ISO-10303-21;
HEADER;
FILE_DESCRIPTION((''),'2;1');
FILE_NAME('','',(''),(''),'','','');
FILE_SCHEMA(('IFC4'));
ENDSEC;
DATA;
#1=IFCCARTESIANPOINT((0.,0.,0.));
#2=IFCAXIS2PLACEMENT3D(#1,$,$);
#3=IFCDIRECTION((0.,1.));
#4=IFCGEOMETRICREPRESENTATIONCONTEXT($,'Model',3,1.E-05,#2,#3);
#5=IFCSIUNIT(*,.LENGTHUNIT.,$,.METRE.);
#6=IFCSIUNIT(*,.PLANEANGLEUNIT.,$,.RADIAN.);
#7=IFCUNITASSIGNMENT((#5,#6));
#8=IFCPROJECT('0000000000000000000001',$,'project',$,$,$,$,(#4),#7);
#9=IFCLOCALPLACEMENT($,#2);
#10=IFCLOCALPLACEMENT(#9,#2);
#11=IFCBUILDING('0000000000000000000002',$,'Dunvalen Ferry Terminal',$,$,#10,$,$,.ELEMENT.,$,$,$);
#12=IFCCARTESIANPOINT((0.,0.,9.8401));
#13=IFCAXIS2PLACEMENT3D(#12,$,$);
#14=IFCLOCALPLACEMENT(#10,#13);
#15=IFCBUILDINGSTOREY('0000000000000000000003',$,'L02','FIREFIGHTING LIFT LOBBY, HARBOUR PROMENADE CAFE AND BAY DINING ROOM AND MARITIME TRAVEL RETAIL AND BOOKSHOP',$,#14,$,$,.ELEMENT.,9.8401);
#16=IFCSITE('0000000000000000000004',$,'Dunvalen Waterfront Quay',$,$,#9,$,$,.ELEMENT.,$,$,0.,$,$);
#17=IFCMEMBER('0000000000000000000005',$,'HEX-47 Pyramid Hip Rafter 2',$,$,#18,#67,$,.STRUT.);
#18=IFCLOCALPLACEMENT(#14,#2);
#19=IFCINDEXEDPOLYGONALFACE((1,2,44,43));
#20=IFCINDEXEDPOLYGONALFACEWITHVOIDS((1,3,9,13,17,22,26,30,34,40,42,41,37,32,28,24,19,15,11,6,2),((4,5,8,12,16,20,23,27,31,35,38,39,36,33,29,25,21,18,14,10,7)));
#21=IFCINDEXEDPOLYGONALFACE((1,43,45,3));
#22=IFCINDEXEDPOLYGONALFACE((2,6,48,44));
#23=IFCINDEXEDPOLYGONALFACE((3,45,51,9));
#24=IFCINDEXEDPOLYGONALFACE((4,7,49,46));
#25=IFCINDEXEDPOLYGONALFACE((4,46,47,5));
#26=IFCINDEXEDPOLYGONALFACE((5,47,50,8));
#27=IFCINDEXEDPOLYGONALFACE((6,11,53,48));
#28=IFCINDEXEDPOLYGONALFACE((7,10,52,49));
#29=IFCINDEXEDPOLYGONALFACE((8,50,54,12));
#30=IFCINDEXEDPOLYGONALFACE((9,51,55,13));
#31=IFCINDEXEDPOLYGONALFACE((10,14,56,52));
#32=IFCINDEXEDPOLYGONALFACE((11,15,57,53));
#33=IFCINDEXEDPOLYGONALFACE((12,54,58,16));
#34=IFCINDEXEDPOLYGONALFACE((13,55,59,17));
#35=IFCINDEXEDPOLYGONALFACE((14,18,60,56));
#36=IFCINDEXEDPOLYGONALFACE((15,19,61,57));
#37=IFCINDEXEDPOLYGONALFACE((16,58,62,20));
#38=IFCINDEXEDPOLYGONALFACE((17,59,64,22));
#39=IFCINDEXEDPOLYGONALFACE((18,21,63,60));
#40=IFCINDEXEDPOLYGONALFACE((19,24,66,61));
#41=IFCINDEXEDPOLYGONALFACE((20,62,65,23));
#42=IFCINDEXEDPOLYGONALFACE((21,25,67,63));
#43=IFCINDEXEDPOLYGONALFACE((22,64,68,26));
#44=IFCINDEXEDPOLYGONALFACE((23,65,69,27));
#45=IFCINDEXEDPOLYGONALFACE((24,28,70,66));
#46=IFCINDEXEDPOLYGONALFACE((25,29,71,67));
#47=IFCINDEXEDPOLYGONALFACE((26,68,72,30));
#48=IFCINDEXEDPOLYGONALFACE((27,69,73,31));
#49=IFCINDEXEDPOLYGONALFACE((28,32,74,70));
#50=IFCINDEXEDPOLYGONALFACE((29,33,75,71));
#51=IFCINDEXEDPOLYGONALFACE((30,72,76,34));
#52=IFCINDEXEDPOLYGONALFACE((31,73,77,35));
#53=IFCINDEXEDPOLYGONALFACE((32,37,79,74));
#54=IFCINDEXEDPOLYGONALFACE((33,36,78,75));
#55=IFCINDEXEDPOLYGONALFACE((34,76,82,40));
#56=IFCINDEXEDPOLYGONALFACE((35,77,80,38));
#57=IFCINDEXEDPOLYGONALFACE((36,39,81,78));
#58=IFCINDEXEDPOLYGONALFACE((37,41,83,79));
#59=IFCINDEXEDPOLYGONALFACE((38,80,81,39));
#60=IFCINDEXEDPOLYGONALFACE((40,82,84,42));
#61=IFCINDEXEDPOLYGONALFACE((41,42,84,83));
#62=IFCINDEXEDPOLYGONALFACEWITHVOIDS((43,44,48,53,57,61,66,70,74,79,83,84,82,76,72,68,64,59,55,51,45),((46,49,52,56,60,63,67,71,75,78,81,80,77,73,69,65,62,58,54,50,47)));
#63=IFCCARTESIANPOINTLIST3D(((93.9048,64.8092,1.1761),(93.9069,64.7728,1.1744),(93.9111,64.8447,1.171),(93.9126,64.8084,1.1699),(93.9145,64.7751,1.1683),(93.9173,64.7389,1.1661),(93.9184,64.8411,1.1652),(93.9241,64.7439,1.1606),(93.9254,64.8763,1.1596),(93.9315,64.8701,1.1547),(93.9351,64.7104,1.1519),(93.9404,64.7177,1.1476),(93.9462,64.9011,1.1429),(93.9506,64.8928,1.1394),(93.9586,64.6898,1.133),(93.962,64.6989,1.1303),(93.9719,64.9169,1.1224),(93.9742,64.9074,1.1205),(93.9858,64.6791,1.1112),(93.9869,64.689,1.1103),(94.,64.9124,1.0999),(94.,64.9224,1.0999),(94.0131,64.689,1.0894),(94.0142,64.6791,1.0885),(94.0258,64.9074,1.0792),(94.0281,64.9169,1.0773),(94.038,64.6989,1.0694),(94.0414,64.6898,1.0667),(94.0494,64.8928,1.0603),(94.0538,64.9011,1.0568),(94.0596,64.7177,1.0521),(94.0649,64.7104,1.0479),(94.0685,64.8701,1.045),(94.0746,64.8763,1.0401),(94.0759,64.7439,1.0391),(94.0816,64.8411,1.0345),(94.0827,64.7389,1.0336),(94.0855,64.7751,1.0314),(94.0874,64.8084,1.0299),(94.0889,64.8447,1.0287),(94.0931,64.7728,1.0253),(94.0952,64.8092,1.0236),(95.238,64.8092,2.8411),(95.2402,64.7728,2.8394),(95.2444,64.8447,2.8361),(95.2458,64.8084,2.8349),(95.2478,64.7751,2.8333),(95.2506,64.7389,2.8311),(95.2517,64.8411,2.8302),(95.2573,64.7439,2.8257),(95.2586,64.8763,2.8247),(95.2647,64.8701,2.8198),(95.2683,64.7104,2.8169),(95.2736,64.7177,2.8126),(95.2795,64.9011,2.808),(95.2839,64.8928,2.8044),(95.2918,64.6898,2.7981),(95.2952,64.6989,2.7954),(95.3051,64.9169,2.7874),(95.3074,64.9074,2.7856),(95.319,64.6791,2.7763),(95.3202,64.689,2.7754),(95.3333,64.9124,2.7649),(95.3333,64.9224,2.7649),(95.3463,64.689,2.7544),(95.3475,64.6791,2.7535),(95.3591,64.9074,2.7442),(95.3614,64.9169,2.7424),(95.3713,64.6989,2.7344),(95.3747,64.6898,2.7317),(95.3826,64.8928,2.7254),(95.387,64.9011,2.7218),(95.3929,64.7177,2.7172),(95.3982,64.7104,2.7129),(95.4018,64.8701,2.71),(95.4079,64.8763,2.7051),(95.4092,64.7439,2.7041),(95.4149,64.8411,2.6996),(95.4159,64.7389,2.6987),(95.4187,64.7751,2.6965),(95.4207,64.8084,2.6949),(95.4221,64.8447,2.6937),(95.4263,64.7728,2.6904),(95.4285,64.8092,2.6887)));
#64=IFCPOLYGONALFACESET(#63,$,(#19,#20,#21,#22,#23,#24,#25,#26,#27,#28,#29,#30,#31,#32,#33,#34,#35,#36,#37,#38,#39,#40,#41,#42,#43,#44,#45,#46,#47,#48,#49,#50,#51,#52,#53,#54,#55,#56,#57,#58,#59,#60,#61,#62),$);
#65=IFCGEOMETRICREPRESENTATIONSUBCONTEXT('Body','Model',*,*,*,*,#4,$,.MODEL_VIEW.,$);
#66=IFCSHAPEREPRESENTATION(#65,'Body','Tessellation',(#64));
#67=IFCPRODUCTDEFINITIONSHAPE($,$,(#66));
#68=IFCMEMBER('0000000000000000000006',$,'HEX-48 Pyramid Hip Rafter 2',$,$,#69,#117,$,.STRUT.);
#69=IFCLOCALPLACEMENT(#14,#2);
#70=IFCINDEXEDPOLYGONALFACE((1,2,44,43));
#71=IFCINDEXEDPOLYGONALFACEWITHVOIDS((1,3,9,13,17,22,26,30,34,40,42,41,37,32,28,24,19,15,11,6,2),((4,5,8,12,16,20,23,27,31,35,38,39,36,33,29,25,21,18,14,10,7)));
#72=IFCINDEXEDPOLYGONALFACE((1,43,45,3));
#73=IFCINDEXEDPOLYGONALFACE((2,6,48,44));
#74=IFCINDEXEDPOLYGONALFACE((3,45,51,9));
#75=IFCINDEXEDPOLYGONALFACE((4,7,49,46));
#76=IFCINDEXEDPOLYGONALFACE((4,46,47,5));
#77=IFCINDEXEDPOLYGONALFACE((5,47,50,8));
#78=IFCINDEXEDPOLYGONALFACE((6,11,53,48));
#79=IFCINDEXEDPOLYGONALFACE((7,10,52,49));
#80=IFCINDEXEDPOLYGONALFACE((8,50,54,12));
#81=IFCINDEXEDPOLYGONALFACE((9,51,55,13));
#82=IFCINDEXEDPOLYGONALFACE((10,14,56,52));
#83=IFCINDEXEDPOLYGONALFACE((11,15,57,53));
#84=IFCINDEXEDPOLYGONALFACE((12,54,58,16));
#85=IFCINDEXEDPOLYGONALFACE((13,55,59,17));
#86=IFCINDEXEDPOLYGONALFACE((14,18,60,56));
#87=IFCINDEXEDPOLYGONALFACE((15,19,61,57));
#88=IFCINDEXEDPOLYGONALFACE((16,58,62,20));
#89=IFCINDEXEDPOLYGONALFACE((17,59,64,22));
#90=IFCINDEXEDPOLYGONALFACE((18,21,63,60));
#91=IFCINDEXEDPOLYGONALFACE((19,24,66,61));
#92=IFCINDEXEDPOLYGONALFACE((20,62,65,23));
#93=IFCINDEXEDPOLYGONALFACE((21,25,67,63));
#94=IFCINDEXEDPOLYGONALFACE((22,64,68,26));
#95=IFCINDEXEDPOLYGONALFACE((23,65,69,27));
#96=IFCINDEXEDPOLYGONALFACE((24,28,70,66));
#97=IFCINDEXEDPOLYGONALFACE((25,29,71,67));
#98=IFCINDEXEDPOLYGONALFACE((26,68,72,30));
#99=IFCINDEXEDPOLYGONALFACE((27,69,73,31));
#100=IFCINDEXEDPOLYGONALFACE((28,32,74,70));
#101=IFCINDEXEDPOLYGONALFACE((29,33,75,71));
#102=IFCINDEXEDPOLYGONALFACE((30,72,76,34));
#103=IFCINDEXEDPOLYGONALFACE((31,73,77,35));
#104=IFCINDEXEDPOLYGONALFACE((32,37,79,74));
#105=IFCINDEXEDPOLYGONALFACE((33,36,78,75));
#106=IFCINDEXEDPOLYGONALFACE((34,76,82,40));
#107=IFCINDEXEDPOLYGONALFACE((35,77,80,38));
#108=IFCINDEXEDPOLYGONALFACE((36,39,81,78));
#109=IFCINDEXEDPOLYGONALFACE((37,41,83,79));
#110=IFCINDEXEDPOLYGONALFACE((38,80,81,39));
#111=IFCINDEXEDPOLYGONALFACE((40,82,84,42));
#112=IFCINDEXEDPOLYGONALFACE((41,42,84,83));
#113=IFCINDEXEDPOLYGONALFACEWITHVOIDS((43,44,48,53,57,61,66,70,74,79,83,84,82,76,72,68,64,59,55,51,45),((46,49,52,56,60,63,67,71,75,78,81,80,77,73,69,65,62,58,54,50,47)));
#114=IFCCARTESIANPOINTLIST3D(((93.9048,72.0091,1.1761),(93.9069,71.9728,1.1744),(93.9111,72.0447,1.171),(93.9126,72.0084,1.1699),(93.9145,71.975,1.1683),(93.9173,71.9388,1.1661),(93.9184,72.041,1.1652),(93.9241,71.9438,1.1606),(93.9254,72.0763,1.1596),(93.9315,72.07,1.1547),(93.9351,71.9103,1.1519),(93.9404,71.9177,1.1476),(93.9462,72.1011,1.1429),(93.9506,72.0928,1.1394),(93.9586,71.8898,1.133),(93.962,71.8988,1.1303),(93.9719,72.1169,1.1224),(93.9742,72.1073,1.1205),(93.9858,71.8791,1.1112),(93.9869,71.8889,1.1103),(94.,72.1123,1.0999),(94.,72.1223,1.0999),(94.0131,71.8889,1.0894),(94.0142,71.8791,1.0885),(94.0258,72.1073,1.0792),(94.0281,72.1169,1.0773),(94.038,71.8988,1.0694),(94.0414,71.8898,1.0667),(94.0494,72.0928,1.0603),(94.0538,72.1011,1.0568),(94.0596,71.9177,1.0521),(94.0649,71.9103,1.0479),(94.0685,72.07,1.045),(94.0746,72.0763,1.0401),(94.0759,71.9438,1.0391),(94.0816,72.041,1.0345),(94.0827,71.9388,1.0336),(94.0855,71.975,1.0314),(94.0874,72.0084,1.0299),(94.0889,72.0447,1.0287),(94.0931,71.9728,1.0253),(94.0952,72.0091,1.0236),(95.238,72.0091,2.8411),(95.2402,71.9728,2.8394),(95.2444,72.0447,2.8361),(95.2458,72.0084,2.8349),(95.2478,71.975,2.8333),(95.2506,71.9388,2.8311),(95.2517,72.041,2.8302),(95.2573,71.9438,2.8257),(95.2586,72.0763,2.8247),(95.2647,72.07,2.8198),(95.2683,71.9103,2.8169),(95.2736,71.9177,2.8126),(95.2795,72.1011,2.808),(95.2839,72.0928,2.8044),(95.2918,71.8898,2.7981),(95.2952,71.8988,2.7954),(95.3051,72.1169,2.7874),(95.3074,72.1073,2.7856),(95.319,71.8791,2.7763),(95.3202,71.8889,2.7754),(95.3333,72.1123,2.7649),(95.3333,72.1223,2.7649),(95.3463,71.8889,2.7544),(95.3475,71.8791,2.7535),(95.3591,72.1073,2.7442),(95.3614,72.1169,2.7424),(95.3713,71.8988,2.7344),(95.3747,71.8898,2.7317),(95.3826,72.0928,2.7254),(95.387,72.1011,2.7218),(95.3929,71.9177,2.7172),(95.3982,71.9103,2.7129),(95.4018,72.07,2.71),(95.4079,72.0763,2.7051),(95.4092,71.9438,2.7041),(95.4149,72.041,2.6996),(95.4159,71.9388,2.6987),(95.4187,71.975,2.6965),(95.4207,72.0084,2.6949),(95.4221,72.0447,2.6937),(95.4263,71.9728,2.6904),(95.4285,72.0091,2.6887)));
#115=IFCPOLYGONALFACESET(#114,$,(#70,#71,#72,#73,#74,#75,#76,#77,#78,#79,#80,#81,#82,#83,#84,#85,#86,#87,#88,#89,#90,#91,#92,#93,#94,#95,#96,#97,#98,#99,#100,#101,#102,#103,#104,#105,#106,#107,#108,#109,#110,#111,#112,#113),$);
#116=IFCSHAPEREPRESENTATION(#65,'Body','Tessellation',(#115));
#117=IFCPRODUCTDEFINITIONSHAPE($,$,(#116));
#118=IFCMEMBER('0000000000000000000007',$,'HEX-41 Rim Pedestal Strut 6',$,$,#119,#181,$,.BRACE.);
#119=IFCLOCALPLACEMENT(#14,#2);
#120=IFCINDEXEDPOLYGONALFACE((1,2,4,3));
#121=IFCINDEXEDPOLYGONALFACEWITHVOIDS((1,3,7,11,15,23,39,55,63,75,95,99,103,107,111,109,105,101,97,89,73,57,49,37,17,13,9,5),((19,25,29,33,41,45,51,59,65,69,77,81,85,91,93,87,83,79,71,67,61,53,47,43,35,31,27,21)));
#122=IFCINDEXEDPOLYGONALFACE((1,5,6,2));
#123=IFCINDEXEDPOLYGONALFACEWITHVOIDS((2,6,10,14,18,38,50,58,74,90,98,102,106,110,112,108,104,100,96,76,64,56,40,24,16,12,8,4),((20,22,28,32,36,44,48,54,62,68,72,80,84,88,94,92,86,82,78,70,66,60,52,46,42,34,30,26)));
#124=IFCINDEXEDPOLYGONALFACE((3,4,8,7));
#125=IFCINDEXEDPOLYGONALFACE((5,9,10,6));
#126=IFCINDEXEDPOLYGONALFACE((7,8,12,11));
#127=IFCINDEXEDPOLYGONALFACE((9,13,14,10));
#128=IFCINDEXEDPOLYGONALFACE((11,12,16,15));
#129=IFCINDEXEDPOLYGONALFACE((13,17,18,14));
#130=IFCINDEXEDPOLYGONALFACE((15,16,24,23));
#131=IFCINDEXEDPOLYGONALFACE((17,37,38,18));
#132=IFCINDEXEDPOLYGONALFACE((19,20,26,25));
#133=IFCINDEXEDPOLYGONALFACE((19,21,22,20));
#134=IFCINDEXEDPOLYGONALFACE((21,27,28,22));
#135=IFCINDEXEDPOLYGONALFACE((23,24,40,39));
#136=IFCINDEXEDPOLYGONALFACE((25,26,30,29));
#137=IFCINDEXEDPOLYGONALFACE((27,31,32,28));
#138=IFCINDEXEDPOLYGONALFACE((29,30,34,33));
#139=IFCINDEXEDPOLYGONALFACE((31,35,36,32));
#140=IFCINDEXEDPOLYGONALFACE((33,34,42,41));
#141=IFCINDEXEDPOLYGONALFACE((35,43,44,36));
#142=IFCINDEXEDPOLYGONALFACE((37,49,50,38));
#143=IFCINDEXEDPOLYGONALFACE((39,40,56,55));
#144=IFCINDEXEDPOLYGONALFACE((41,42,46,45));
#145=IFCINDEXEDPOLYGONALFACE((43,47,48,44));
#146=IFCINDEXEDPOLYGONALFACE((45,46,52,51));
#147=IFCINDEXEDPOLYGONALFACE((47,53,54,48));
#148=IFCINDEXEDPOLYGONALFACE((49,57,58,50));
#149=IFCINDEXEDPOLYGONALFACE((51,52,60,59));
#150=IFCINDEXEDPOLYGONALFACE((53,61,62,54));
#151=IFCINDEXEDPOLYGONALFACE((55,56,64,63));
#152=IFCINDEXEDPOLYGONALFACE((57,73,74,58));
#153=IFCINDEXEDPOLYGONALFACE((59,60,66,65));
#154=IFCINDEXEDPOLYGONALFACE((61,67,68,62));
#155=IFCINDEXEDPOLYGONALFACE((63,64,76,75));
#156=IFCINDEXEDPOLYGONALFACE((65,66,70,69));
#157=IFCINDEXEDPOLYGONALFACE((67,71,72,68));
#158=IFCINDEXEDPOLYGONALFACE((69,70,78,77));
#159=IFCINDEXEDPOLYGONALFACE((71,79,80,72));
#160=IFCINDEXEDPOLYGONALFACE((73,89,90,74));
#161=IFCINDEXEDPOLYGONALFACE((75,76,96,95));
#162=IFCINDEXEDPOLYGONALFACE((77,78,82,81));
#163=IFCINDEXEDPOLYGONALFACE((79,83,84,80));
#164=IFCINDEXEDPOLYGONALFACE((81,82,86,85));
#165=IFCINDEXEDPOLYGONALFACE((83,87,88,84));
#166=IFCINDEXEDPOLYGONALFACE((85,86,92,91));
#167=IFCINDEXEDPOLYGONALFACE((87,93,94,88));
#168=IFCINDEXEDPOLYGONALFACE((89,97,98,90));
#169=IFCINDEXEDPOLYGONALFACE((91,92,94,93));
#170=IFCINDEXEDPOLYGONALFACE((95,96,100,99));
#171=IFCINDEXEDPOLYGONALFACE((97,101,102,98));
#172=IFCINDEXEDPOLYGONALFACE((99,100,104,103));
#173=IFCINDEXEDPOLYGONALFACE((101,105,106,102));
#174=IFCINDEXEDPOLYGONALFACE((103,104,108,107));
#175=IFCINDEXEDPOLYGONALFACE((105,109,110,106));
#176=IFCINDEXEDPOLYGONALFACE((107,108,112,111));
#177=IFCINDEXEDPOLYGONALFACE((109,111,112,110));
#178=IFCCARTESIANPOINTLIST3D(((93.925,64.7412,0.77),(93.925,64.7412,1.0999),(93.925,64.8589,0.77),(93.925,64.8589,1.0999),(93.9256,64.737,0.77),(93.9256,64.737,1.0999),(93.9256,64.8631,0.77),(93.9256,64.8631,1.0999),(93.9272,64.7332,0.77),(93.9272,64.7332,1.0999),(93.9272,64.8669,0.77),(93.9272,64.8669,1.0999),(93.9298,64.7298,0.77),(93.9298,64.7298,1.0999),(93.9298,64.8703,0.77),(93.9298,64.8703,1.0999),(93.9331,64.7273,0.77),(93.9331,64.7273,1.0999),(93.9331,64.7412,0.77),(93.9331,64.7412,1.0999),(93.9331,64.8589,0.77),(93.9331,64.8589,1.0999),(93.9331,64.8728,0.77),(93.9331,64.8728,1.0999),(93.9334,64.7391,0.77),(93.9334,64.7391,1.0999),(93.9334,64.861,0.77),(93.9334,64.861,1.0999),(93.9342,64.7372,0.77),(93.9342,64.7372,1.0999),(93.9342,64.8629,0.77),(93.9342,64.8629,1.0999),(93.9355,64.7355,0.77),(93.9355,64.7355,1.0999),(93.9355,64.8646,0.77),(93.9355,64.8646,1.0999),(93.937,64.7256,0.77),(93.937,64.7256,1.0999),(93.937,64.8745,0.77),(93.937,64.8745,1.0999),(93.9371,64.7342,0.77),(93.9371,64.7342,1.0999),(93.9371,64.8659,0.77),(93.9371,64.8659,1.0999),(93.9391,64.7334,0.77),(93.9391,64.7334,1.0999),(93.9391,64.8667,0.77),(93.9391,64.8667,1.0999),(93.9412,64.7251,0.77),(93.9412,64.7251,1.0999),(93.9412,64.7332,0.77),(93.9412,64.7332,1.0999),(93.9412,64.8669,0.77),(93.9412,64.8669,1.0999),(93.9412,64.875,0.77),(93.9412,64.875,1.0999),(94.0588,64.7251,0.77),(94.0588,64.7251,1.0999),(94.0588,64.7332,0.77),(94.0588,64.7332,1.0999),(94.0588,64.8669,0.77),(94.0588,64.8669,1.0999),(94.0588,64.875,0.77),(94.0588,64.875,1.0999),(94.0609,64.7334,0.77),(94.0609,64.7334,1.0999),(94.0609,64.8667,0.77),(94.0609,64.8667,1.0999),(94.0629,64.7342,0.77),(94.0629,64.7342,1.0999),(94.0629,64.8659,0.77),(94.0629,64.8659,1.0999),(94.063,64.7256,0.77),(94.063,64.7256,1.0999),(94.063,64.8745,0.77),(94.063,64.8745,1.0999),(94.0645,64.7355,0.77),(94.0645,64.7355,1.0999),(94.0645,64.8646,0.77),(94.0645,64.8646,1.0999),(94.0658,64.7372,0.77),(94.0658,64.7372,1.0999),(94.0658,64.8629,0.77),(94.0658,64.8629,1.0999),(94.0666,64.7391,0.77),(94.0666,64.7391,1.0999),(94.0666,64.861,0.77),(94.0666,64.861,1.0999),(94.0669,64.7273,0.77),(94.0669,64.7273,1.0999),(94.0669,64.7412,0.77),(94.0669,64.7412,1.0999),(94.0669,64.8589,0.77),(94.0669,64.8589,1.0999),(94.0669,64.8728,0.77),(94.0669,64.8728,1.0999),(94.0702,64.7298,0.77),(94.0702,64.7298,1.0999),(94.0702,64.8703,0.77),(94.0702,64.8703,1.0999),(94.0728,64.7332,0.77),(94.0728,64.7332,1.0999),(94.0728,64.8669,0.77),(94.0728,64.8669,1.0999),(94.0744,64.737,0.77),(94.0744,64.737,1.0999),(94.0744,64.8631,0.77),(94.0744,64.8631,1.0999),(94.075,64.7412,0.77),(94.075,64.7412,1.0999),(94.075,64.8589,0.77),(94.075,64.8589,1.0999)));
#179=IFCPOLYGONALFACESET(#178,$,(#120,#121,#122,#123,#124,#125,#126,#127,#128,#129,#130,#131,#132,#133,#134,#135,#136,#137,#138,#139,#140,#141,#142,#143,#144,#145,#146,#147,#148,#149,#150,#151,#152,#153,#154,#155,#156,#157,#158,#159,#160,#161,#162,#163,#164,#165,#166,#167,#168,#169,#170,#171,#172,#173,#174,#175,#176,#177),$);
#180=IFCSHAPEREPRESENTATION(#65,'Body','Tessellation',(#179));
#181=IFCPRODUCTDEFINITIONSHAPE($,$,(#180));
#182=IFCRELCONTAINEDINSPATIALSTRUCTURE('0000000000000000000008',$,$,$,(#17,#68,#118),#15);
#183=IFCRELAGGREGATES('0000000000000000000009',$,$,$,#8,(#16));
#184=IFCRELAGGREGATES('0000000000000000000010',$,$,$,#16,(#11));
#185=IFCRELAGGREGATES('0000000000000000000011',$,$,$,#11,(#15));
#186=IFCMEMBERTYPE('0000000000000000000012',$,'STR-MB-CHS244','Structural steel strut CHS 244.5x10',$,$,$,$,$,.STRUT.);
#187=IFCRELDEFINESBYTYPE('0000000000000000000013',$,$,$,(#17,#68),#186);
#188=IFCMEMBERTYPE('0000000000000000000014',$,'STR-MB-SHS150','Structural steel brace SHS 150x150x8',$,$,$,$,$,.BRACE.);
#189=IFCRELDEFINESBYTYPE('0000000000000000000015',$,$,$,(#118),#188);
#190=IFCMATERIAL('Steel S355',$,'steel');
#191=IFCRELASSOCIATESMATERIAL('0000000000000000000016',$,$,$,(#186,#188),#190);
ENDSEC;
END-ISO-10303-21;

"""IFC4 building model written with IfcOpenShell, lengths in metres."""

from ifc_helpers import new_model, si_unit, direction, frame, origin, origin_2d, place, context, subcontext, project, spatial, hollow_rectangle, hollow_circle, extrude, material, material_profile, profile_set, type_object, element, save


model = new_model("IFC4")

# Units and contexts
model_context = context("Model", 3, precision=1e-05, world=origin(), true_north=direction((0.0, 1.0)))
body_context = subcontext(model_context, "Body", "Model", "MODEL_VIEW")
ifc_project = project(units=[si_unit("LENGTHUNIT", "METRE"), si_unit("PLANEANGLEUNIT", "RADIAN")], contexts=[model_context])

# Site, building, storey
site_placement = place(None, origin())
site = spatial("IfcSite", under=ifc_project, at=site_placement, Name="Dunvalen Waterfront Quay", CompositionType="ELEMENT", RefElevation=0.0)
building_placement = place(site_placement, origin())
building = spatial("IfcBuilding", under=site, at=building_placement, Name="Dunvalen Ferry Terminal", CompositionType="ELEMENT")
storey_placement = place(building_placement, frame((0.0, 0.0, 9.8401)))
storey = spatial("IfcBuildingStorey", under=building, at=storey_placement, Name="L02", Description="FIREFIGHTING LIFT LOBBY, HARBOUR PROMENADE CAFE AND BAY DINING ROOM AND MARITIME TRAVEL RETAIL AND BOOKSHOP", CompositionType="ELEMENT", Elevation=9.8401)

# Shared definitions
ifc_material_1 = material(Name="Steel S355", Category="steel")

# Members
ifc_material_profile_1 = material_profile(ifc_material_1, hollow_circle(Radius=0.1223, WallThickness=0.01, at=origin_2d()), Name="Steel S355")
ifc_profile_set_1 = profile_set([ifc_material_profile_1], Name="Steel S355")
member_type_1 = type_object("IfcMemberType", Name="STR-MB-CHS244", Description="Structural steel strut CHS 244.5x10", PredefinedType="STRUT", material=ifc_profile_set_1)
for number, where, z_axis, x_axis, name in (
    (1, (94.0, 64.8, 1.0999), (0.625044, 0.0, 0.78059), (0.0, 1.0, 0.0), "HEX-47 Pyramid Hip Rafter 2"),
    (2, (94.0, 72.0, 1.0999), (0.625044, 0.0, 0.78059), (0.0, 1.0, 0.0), "HEX-48 Pyramid Hip Rafter 2"),
):
    element("IfcMember", number, at=place(storey_placement, frame(where, z_axis=z_axis, x_axis=x_axis)), inside=storey, type_object=member_type_1, Name=name, PredefinedType="STRUT", context=body_context, shape_type="SweptSolid", body=[
        extrude(hollow_circle(Radius=0.1223, WallThickness=0.01, at=origin_2d()), origin(), (0.0, 0.0, 1.0), 2.1331),
    ])
ifc_material_profile_2 = material_profile(ifc_material_1, hollow_rectangle(XDim=0.1499, YDim=0.1499, WallThickness=0.0081, InnerFilletRadius=0.0081, OuterFilletRadius=0.0161, at=origin_2d()), Name="Steel S355")
ifc_profile_set_2 = profile_set([ifc_material_profile_2], Name="Steel S355")
member_type_2 = type_object("IfcMemberType", Name="STR-MB-SHS150", Description="Structural steel brace SHS 150x150x8", PredefinedType="BRACE", material=ifc_profile_set_2)
for number, where, z_axis, x_axis, name in (
    (3, (94.0, 64.8, 0.77), (0.0, 0.0, 1.0), (1.0, 0.0, 0.0), "HEX-41 Rim Pedestal Strut 6"),
):
    element("IfcMember", number, at=place(storey_placement, frame(where, z_axis=z_axis, x_axis=x_axis)), inside=storey, type_object=member_type_2, Name=name, PredefinedType="BRACE", context=body_context, shape_type="SweptSolid", body=[
        extrude(hollow_rectangle(XDim=0.1499, YDim=0.1499, WallThickness=0.0081, InnerFilletRadius=0.0081, OuterFilletRadius=0.0161, at=origin_2d()), origin(), (0.0, 0.0, 1.0), 0.3298),
    ])

save(model, "model.ifc")
